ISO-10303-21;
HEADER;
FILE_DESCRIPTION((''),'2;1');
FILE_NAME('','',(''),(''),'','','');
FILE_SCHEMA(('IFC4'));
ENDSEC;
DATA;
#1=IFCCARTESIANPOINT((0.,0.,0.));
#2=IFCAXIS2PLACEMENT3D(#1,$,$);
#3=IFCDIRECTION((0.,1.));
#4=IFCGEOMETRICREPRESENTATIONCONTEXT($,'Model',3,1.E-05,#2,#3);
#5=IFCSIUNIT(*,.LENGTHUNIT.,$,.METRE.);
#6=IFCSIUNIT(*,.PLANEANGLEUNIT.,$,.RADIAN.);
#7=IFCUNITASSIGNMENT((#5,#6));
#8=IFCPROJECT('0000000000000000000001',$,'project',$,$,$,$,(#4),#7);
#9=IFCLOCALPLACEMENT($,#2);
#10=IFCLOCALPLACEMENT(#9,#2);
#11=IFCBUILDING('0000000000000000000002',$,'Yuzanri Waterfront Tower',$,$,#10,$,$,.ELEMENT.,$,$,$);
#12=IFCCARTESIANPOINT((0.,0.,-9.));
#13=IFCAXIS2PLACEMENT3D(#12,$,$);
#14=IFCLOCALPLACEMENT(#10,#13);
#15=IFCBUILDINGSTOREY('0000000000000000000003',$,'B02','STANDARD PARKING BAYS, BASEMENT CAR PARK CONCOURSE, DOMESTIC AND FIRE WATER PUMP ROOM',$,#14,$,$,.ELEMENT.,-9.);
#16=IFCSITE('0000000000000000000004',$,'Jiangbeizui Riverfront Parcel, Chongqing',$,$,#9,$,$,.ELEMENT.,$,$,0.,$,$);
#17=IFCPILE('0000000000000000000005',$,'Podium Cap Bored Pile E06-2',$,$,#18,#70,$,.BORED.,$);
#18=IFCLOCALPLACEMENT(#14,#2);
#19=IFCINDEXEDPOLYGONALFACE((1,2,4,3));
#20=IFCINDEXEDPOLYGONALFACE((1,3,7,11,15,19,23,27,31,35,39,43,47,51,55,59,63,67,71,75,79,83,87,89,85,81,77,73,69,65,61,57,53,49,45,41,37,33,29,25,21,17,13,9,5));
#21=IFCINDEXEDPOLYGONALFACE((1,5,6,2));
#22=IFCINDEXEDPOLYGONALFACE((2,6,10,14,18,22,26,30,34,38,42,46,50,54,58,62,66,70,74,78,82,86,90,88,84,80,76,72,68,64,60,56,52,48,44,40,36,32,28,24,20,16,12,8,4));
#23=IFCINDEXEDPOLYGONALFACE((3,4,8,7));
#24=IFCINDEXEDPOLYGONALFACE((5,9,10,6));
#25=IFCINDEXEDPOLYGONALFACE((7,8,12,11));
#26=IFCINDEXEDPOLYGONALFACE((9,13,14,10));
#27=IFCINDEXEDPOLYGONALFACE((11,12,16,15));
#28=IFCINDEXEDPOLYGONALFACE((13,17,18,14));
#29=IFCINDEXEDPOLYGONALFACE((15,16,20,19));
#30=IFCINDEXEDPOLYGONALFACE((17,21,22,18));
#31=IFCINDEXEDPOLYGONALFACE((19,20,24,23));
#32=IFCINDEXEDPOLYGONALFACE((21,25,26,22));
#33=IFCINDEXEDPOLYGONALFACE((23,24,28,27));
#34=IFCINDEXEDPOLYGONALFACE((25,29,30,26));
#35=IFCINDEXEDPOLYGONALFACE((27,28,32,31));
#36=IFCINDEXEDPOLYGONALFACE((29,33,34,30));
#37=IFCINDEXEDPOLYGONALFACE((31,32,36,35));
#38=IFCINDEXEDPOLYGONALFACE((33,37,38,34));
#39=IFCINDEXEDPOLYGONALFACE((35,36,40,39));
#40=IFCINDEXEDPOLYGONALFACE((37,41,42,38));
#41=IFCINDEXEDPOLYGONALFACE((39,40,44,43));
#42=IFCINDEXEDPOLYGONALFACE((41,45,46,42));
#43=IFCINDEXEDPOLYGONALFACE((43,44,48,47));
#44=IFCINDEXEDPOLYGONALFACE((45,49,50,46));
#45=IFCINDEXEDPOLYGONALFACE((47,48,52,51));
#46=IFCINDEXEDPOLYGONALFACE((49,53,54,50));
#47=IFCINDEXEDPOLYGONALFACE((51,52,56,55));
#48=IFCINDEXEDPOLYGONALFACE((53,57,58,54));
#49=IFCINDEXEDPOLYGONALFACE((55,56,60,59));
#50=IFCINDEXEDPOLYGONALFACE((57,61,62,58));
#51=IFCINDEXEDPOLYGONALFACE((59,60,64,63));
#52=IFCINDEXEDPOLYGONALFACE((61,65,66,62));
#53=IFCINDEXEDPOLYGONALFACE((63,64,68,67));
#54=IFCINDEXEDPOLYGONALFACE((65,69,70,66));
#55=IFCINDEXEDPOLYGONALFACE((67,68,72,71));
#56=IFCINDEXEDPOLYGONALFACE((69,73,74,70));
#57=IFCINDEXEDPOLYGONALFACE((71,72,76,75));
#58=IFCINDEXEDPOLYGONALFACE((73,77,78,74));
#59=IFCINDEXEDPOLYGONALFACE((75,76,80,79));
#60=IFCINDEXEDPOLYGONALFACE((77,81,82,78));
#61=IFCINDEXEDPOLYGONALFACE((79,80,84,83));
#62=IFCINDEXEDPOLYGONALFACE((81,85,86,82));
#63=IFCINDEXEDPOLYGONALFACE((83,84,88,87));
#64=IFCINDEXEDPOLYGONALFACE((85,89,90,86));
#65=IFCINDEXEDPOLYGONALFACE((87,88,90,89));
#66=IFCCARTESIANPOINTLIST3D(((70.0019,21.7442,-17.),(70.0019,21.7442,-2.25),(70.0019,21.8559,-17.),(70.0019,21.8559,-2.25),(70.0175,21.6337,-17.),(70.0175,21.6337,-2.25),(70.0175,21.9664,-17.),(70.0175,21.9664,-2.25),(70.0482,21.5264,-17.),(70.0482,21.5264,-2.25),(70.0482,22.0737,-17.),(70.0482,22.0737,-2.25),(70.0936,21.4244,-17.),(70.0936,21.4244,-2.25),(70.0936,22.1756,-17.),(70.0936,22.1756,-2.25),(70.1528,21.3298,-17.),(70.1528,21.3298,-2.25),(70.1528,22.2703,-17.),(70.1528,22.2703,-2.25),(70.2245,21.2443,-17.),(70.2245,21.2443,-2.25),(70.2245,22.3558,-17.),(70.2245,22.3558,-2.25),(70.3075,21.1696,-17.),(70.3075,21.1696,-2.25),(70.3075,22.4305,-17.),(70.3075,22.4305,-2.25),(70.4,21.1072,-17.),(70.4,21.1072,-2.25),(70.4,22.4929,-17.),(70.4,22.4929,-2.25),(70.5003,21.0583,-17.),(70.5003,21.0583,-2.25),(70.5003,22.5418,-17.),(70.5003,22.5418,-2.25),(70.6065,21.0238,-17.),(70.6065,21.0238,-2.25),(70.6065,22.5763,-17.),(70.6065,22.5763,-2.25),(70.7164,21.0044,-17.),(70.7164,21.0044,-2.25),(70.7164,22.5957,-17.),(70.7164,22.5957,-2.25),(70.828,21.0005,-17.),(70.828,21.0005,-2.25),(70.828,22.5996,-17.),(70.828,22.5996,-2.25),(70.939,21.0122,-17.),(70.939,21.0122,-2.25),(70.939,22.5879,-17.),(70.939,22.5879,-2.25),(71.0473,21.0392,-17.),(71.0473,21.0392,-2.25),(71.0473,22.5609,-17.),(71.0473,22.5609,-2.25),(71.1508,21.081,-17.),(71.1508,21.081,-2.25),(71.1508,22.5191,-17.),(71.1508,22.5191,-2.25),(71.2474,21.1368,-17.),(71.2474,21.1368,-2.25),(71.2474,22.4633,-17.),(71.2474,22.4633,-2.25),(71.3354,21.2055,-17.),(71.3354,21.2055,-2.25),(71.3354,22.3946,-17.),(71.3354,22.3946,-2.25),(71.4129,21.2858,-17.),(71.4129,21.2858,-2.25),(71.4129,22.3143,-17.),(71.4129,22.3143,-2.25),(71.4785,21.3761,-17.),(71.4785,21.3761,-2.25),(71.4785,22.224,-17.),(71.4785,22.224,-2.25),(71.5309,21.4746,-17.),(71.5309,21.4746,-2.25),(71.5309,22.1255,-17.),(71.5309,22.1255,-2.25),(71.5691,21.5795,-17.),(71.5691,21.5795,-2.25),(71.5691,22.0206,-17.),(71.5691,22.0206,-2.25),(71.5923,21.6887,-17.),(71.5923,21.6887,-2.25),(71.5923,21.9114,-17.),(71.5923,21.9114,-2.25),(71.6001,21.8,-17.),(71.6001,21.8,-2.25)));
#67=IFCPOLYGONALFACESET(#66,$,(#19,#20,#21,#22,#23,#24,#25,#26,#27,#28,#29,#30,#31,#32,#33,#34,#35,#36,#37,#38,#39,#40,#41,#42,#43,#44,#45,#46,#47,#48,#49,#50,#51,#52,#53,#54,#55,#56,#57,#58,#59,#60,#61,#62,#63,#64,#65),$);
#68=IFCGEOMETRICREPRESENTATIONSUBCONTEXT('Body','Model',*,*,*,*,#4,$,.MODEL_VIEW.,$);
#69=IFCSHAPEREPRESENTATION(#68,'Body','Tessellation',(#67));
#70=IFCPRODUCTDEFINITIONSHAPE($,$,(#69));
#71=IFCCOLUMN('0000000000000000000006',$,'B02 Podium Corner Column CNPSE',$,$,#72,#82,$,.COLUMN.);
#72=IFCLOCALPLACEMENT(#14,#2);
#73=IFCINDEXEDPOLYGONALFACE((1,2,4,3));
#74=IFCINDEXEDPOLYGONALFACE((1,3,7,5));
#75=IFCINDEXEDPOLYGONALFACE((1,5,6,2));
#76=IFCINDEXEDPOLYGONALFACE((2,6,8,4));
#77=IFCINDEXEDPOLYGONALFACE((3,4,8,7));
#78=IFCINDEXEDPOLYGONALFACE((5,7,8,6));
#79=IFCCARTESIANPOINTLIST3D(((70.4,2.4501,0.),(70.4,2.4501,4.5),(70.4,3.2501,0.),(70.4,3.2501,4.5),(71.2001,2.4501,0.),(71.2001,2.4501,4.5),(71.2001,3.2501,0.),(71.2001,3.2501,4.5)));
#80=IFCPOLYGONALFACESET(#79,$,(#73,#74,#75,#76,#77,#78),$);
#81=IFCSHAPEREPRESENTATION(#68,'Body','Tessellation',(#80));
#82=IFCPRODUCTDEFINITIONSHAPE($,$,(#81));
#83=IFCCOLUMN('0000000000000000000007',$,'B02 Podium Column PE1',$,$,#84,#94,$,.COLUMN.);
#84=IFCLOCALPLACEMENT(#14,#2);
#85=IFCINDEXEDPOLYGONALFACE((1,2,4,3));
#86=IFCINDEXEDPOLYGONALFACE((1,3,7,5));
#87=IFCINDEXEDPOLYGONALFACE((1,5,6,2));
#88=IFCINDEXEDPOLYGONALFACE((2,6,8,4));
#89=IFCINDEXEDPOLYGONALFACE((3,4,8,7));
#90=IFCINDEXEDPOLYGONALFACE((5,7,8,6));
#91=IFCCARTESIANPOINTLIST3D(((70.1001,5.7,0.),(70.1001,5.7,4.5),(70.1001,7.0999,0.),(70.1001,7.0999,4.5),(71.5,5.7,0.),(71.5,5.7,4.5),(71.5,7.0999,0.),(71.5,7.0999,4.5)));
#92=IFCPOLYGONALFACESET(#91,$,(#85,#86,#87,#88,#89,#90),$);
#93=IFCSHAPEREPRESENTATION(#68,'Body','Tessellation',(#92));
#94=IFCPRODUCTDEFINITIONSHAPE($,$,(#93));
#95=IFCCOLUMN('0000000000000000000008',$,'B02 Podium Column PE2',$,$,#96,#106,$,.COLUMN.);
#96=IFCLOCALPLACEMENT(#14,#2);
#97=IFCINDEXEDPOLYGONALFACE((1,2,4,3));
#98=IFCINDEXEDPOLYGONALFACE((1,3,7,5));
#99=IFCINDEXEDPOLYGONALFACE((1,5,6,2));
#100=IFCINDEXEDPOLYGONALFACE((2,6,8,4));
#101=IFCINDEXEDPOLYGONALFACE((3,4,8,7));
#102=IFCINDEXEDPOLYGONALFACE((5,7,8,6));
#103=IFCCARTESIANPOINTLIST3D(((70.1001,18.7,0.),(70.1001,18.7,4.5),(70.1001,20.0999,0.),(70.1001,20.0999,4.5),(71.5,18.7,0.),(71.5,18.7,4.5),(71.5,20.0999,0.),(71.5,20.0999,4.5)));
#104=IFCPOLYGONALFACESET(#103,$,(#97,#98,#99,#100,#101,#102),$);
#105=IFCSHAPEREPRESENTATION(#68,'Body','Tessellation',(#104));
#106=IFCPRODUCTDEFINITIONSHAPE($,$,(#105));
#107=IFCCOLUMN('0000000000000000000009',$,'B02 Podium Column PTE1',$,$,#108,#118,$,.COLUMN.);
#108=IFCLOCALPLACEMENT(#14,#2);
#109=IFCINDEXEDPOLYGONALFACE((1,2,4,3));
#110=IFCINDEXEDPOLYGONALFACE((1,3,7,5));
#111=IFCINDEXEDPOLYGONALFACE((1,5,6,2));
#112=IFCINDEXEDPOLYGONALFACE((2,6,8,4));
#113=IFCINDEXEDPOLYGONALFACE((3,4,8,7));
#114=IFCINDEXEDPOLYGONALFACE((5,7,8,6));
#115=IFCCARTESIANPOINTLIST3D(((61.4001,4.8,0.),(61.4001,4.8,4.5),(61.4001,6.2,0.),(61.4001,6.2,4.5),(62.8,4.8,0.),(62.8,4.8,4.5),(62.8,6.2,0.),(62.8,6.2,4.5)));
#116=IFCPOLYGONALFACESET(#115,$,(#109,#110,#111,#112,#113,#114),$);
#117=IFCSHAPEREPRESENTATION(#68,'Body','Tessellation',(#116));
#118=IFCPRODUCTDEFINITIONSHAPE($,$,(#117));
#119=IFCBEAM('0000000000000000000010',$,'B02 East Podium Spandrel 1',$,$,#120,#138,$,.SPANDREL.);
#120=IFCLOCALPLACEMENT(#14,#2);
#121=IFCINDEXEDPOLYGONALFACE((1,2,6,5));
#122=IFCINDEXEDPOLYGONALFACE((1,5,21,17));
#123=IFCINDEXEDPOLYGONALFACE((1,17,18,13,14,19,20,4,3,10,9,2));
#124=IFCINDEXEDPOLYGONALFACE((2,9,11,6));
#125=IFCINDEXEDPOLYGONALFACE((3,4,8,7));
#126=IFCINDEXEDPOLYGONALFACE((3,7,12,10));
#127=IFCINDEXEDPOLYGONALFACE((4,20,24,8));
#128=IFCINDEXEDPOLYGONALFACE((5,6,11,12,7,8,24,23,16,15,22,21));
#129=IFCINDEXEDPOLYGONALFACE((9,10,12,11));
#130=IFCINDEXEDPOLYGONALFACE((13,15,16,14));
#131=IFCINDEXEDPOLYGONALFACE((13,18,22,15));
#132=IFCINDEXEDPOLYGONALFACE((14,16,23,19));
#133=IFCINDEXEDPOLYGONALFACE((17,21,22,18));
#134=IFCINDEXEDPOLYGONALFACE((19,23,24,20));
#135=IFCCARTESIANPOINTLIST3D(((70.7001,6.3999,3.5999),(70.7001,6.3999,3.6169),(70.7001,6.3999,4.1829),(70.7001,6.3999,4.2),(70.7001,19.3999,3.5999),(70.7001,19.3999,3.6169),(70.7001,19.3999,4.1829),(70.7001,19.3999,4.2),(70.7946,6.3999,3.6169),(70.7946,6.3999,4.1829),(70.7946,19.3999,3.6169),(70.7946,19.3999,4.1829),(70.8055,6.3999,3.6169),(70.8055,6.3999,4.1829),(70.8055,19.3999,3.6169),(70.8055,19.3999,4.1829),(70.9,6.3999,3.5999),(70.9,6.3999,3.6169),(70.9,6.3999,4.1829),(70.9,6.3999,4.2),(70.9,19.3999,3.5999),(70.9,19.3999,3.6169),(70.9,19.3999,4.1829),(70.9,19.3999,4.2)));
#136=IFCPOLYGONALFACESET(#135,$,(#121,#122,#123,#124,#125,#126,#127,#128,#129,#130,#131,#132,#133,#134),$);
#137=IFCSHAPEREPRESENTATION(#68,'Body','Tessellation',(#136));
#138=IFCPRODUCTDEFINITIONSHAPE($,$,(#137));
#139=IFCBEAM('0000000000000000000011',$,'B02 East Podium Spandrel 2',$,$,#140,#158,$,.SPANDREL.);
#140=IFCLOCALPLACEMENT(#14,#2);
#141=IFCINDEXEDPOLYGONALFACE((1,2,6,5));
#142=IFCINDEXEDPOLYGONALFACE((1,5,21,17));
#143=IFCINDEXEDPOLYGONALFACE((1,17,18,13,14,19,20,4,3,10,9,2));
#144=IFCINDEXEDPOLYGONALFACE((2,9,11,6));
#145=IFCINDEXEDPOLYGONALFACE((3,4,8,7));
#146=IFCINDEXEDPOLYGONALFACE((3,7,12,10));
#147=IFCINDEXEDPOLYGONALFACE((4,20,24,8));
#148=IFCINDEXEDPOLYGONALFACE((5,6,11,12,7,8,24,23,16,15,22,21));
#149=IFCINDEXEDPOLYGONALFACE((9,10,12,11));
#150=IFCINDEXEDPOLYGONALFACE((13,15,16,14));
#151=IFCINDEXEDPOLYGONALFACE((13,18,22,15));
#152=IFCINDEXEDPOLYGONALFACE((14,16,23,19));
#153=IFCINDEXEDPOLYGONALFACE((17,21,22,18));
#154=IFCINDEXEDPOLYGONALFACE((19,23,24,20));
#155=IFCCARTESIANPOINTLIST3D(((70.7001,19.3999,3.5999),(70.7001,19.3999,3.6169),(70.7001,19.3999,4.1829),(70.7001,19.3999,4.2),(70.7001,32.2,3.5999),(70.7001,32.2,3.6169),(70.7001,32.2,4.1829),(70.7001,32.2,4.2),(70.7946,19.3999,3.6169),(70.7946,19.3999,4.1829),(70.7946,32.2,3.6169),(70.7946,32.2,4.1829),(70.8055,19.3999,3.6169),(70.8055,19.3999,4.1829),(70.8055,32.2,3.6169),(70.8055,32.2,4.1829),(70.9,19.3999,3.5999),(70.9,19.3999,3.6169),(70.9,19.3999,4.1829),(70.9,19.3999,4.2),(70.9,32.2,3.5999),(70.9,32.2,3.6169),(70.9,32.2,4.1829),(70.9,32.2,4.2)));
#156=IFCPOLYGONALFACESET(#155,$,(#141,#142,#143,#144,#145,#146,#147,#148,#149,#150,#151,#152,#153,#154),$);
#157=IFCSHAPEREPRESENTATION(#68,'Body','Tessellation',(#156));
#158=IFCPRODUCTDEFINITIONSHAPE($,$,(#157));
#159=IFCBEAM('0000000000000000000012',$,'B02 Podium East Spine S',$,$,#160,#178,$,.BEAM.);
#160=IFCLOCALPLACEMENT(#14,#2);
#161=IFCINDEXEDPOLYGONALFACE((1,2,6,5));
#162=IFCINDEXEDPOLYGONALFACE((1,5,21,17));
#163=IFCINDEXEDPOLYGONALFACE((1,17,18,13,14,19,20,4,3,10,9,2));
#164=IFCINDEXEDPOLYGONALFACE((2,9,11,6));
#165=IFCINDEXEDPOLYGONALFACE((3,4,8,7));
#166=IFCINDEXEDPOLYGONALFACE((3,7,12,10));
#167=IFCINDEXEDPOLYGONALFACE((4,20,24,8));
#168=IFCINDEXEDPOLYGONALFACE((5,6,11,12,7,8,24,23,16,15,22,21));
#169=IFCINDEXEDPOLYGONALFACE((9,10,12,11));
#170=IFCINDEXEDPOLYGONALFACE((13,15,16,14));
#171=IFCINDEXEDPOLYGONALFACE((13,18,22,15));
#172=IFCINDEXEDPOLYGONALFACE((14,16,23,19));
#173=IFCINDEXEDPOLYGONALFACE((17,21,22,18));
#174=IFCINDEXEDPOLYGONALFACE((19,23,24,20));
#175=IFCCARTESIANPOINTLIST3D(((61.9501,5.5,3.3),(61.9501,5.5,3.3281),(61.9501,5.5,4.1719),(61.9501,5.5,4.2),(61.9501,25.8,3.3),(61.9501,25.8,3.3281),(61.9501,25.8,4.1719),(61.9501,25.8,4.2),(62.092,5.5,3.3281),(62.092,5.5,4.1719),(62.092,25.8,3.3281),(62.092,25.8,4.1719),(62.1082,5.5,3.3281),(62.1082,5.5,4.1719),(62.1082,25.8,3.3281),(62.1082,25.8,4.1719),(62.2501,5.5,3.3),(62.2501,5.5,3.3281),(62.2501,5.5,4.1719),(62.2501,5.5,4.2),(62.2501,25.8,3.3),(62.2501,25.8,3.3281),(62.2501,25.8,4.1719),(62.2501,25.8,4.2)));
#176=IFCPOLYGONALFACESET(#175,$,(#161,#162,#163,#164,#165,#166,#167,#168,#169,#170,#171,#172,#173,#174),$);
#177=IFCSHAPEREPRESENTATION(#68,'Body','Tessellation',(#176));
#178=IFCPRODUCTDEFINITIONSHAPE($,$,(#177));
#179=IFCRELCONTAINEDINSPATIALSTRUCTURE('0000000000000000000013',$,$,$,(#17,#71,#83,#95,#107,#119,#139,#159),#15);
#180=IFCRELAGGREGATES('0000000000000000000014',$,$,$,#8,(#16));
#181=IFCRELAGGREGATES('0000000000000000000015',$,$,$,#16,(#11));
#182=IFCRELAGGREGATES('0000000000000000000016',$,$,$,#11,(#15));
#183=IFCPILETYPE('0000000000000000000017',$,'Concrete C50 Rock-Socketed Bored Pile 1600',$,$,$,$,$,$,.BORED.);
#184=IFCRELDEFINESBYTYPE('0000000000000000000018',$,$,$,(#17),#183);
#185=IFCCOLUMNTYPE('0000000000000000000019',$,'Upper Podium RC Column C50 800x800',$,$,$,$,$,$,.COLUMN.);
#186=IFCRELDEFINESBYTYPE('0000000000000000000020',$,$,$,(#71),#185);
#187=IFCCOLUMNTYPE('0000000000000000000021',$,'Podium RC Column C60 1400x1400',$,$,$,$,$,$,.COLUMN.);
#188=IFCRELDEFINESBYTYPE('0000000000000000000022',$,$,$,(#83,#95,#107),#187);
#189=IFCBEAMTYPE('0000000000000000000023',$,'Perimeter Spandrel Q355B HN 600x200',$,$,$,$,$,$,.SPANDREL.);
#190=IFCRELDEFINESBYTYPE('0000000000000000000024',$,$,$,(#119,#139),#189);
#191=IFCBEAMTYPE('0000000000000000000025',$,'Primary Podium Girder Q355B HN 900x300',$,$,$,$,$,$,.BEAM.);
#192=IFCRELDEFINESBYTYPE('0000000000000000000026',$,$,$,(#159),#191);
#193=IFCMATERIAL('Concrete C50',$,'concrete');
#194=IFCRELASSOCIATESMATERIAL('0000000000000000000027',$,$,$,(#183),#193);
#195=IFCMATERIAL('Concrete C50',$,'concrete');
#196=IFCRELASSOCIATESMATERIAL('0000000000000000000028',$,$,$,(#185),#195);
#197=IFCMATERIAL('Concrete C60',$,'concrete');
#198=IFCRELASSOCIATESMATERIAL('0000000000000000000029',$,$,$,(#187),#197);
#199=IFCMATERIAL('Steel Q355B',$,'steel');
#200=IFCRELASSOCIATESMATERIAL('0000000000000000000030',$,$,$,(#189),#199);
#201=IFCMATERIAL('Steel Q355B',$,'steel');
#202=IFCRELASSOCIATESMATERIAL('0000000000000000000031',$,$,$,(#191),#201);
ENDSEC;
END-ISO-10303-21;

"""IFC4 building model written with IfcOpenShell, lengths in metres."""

from ifc_helpers import new_model, si_unit, direction, frame, origin, origin_2d, place, context, subcontext, project, spatial, rectangle, circle, i_section, extrude, source, transform, mapped, material, material_profile, profile_set, type_object, element, save


model = new_model("IFC4")

# Units and contexts
model_context = context("Model", 3, precision=1e-05, world=origin(), true_north=direction((0.0, 1.0)))
body_context = subcontext(model_context, "Body", "Model", "MODEL_VIEW")
ifc_project = project(units=[si_unit("LENGTHUNIT", "METRE"), si_unit("PLANEANGLEUNIT", "RADIAN")], contexts=[model_context])

# Site, building, storey
site_placement = place(None, origin())
site = spatial("IfcSite", under=ifc_project, at=site_placement, Name="Jiangbeizui Riverfront Parcel, Chongqing", CompositionType="ELEMENT", RefElevation=0.0)
building_placement = place(site_placement, origin())
building = spatial("IfcBuilding", under=site, at=building_placement, Name="Yuzanri Waterfront Tower", CompositionType="ELEMENT")
storey_placement = place(building_placement, frame((0.0, 0.0, -9.0)))
storey = spatial("IfcBuildingStorey", under=building, at=storey_placement, Name="B02", Description="STANDARD PARKING BAYS, BASEMENT CAR PARK CONCOURSE, DOMESTIC AND FIRE WATER PUMP ROOM", CompositionType="ELEMENT", Elevation=-9.0)

# Pile
ifc_material_1 = material(Name="Concrete C50", Category="concrete")
ifc_material_profile_1 = material_profile(ifc_material_1, circle(Radius=0.8, at=origin_2d()), Name="PILE D1600")
ifc_profile_set_1 = profile_set([ifc_material_profile_1], Name="Concrete C50")
pile_type_1 = type_object("IfcPileType", Name="Concrete C50 Rock-Socketed Bored Pile 1600", PredefinedType="BORED", material=ifc_profile_set_1)
shared_shape_1 = source(origin(), body_context, "Body", "SweptSolid", [
    extrude(circle(Radius=0.8, at=origin_2d()), origin(), (0.0, 0.0, 1.0), 14.75),
])
for number, where, z_axis, x_axis, name in (
    (1, (70.8, 21.8, -2.25), (0.0, 0.0, -1.0), (1.0, 0.0, 0.0), "Podium Cap Bored Pile E06-2"),
):
    element("IfcPile", number, at=place(storey_placement, frame(where, z_axis=z_axis, x_axis=x_axis)), inside=storey, type_object=pile_type_1, Name=name, PredefinedType="BORED", context=body_context, shape_type="MappedRepresentation", body=[
        mapped(shared_shape_1, transform((0.0, 0.0, 0.0), scale=1.0)),
    ])

# Columns
ifc_material_2 = material(Name="Concrete C50", Category="concrete")
ifc_material_profile_2 = material_profile(ifc_material_2, rectangle(XDim=0.8, YDim=0.8, at=origin_2d()), Name="RC 800x800")
ifc_profile_set_2 = profile_set([ifc_material_profile_2], Name="Concrete C50")
column_type_1 = type_object("IfcColumnType", Name="Upper Podium RC Column C50 800x800", PredefinedType="COLUMN", material=ifc_profile_set_2)
shared_shape_2 = source(origin(), body_context, "Body", "SweptSolid", [
    extrude(rectangle(XDim=0.8, YDim=0.8, at=origin_2d()), origin(), (0.0, 0.0, 1.0), 4.5),
])
column_placement = place(storey_placement, frame((70.8, 2.8501, 0.0), z_axis=(0.0, 0.0, 1.0), x_axis=(1.0, 0.0, 0.0)))
element("IfcColumn", 2, at=column_placement, inside=storey, type_object=column_type_1, Name="B02 Podium Corner Column CNPSE", PredefinedType="COLUMN", context=body_context, shape_type="MappedRepresentation", body=[
    mapped(shared_shape_2, transform((0.0, 0.0, 0.0), scale=1.0)),
])
ifc_material_3 = material(Name="Concrete C60", Category="concrete")
ifc_material_profile_3 = material_profile(ifc_material_3, rectangle(XDim=1.3999, YDim=1.3999, at=origin_2d()), Name="RC 1400x1400")
ifc_profile_set_3 = profile_set([ifc_material_profile_3], Name="Concrete C60")
column_type_2 = type_object("IfcColumnType", Name="Podium RC Column C60 1400x1400", PredefinedType="COLUMN", material=ifc_profile_set_3)
shared_shape_3 = source(origin(), body_context, "Body", "SweptSolid", [
    extrude(rectangle(XDim=1.3999, YDim=1.3999, at=origin_2d()), origin(), (0.0, 0.0, 1.0), 4.5),
])
for number, where, z_axis, x_axis, name in (
    (3, (70.8, 6.3999, 0.0), (0.0, 0.0, 1.0), (1.0, 0.0, 0.0), "B02 Podium Column PE1"),
    (4, (70.8, 19.3999, 0.0), (0.0, 0.0, 1.0), (1.0, 0.0, 0.0), "B02 Podium Column PE2"),
    (5, (62.1001, 5.5, 0.0), (0.0, 0.0, 1.0), (1.0, 0.0, 0.0), "B02 Podium Column PTE1"),
):
    element("IfcColumn", number, at=place(storey_placement, frame(where, z_axis=z_axis, x_axis=x_axis)), inside=storey, type_object=column_type_2, Name=name, PredefinedType="COLUMN", context=body_context, shape_type="MappedRepresentation", body=[
        mapped(shared_shape_3, transform((0.0, 0.0, 0.0), scale=1.0)),
    ])

# Beams
ifc_material_4 = material(Name="Steel Q355B", Category="steel")
ifc_material_profile_4 = material_profile(ifc_material_4, i_section(OverallWidth=0.2, OverallDepth=0.6001, WebThickness=0.011, FlangeThickness=0.0171, at=origin_2d()), Name="HN 600x200x11x17")
ifc_profile_set_4 = profile_set([ifc_material_profile_4], Name="Steel Q355B")
beam_type_1 = type_object("IfcBeamType", Name="Perimeter Spandrel Q355B HN 600x200", PredefinedType="SPANDREL", material=ifc_profile_set_4)
shared_shape_4 = source(origin(), body_context, "Body", "SweptSolid", [
    extrude(i_section(OverallWidth=0.2, OverallDepth=0.6001, WebThickness=0.011, FlangeThickness=0.0171, at=origin_2d()), origin(), (0.0, 0.0, 1.0), 13.0),
])
beam_1_placement = place(storey_placement, frame((70.8, 6.3999, 3.8999), z_axis=(0.0, 1.0, 0.0), x_axis=(-1.0, 0.0, 0.0)))
element("IfcBeam", 6, at=beam_1_placement, inside=storey, type_object=beam_type_1, Name="B02 East Podium Spandrel 1", PredefinedType="SPANDREL", context=body_context, shape_type="MappedRepresentation", body=[
    mapped(shared_shape_4, transform((0.0, 0.0, 0.0), scale=1.0)),
])
shared_shape_5 = source(origin(), body_context, "Body", "SweptSolid", [
    extrude(i_section(OverallWidth=0.2, OverallDepth=0.6001, WebThickness=0.011, FlangeThickness=0.0171, at=origin_2d()), origin(), (0.0, 0.0, 1.0), 12.8),
])
beam_2_placement = place(storey_placement, frame((70.8, 19.3999, 3.8999), z_axis=(0.0, 1.0, 0.0), x_axis=(-1.0, 0.0, 0.0)))
element("IfcBeam", 7, at=beam_2_placement, inside=storey, type_object=beam_type_1, Name="B02 East Podium Spandrel 2", PredefinedType="SPANDREL", context=body_context, shape_type="MappedRepresentation", body=[
    mapped(shared_shape_5, transform((0.0, 0.0, 0.0), scale=1.0)),
])
ifc_material_5 = material(Name="Steel Q355B", Category="steel")
ifc_material_profile_5 = material_profile(ifc_material_5, i_section(OverallWidth=0.3, OverallDepth=0.8999, WebThickness=0.0161, FlangeThickness=0.0281, at=origin_2d()), Name="HN 900x300x16x28")
ifc_profile_set_5 = profile_set([ifc_material_profile_5], Name="Steel Q355B")
beam_type_2 = type_object("IfcBeamType", Name="Primary Podium Girder Q355B HN 900x300", PredefinedType="BEAM", material=ifc_profile_set_5)
shared_shape_6 = source(origin(), body_context, "Body", "SweptSolid", [
    extrude(i_section(OverallWidth=0.3, OverallDepth=0.8999, WebThickness=0.0161, FlangeThickness=0.0281, at=origin_2d()), origin(), (0.0, 0.0, 1.0), 20.3),
])
beam_3_placement = place(storey_placement, frame((62.1001, 5.5, 3.75), z_axis=(0.0, 1.0, 0.0), x_axis=(-1.0, 0.0, 0.0)))
element("IfcBeam", 8, at=beam_3_placement, inside=storey, type_object=beam_type_2, Name="B02 Podium East Spine S", PredefinedType="BEAM", context=body_context, shape_type="MappedRepresentation", body=[
    mapped(shared_shape_6, transform((0.0, 0.0, 0.0), scale=1.0)),
])

save(model, "model.ifc")
